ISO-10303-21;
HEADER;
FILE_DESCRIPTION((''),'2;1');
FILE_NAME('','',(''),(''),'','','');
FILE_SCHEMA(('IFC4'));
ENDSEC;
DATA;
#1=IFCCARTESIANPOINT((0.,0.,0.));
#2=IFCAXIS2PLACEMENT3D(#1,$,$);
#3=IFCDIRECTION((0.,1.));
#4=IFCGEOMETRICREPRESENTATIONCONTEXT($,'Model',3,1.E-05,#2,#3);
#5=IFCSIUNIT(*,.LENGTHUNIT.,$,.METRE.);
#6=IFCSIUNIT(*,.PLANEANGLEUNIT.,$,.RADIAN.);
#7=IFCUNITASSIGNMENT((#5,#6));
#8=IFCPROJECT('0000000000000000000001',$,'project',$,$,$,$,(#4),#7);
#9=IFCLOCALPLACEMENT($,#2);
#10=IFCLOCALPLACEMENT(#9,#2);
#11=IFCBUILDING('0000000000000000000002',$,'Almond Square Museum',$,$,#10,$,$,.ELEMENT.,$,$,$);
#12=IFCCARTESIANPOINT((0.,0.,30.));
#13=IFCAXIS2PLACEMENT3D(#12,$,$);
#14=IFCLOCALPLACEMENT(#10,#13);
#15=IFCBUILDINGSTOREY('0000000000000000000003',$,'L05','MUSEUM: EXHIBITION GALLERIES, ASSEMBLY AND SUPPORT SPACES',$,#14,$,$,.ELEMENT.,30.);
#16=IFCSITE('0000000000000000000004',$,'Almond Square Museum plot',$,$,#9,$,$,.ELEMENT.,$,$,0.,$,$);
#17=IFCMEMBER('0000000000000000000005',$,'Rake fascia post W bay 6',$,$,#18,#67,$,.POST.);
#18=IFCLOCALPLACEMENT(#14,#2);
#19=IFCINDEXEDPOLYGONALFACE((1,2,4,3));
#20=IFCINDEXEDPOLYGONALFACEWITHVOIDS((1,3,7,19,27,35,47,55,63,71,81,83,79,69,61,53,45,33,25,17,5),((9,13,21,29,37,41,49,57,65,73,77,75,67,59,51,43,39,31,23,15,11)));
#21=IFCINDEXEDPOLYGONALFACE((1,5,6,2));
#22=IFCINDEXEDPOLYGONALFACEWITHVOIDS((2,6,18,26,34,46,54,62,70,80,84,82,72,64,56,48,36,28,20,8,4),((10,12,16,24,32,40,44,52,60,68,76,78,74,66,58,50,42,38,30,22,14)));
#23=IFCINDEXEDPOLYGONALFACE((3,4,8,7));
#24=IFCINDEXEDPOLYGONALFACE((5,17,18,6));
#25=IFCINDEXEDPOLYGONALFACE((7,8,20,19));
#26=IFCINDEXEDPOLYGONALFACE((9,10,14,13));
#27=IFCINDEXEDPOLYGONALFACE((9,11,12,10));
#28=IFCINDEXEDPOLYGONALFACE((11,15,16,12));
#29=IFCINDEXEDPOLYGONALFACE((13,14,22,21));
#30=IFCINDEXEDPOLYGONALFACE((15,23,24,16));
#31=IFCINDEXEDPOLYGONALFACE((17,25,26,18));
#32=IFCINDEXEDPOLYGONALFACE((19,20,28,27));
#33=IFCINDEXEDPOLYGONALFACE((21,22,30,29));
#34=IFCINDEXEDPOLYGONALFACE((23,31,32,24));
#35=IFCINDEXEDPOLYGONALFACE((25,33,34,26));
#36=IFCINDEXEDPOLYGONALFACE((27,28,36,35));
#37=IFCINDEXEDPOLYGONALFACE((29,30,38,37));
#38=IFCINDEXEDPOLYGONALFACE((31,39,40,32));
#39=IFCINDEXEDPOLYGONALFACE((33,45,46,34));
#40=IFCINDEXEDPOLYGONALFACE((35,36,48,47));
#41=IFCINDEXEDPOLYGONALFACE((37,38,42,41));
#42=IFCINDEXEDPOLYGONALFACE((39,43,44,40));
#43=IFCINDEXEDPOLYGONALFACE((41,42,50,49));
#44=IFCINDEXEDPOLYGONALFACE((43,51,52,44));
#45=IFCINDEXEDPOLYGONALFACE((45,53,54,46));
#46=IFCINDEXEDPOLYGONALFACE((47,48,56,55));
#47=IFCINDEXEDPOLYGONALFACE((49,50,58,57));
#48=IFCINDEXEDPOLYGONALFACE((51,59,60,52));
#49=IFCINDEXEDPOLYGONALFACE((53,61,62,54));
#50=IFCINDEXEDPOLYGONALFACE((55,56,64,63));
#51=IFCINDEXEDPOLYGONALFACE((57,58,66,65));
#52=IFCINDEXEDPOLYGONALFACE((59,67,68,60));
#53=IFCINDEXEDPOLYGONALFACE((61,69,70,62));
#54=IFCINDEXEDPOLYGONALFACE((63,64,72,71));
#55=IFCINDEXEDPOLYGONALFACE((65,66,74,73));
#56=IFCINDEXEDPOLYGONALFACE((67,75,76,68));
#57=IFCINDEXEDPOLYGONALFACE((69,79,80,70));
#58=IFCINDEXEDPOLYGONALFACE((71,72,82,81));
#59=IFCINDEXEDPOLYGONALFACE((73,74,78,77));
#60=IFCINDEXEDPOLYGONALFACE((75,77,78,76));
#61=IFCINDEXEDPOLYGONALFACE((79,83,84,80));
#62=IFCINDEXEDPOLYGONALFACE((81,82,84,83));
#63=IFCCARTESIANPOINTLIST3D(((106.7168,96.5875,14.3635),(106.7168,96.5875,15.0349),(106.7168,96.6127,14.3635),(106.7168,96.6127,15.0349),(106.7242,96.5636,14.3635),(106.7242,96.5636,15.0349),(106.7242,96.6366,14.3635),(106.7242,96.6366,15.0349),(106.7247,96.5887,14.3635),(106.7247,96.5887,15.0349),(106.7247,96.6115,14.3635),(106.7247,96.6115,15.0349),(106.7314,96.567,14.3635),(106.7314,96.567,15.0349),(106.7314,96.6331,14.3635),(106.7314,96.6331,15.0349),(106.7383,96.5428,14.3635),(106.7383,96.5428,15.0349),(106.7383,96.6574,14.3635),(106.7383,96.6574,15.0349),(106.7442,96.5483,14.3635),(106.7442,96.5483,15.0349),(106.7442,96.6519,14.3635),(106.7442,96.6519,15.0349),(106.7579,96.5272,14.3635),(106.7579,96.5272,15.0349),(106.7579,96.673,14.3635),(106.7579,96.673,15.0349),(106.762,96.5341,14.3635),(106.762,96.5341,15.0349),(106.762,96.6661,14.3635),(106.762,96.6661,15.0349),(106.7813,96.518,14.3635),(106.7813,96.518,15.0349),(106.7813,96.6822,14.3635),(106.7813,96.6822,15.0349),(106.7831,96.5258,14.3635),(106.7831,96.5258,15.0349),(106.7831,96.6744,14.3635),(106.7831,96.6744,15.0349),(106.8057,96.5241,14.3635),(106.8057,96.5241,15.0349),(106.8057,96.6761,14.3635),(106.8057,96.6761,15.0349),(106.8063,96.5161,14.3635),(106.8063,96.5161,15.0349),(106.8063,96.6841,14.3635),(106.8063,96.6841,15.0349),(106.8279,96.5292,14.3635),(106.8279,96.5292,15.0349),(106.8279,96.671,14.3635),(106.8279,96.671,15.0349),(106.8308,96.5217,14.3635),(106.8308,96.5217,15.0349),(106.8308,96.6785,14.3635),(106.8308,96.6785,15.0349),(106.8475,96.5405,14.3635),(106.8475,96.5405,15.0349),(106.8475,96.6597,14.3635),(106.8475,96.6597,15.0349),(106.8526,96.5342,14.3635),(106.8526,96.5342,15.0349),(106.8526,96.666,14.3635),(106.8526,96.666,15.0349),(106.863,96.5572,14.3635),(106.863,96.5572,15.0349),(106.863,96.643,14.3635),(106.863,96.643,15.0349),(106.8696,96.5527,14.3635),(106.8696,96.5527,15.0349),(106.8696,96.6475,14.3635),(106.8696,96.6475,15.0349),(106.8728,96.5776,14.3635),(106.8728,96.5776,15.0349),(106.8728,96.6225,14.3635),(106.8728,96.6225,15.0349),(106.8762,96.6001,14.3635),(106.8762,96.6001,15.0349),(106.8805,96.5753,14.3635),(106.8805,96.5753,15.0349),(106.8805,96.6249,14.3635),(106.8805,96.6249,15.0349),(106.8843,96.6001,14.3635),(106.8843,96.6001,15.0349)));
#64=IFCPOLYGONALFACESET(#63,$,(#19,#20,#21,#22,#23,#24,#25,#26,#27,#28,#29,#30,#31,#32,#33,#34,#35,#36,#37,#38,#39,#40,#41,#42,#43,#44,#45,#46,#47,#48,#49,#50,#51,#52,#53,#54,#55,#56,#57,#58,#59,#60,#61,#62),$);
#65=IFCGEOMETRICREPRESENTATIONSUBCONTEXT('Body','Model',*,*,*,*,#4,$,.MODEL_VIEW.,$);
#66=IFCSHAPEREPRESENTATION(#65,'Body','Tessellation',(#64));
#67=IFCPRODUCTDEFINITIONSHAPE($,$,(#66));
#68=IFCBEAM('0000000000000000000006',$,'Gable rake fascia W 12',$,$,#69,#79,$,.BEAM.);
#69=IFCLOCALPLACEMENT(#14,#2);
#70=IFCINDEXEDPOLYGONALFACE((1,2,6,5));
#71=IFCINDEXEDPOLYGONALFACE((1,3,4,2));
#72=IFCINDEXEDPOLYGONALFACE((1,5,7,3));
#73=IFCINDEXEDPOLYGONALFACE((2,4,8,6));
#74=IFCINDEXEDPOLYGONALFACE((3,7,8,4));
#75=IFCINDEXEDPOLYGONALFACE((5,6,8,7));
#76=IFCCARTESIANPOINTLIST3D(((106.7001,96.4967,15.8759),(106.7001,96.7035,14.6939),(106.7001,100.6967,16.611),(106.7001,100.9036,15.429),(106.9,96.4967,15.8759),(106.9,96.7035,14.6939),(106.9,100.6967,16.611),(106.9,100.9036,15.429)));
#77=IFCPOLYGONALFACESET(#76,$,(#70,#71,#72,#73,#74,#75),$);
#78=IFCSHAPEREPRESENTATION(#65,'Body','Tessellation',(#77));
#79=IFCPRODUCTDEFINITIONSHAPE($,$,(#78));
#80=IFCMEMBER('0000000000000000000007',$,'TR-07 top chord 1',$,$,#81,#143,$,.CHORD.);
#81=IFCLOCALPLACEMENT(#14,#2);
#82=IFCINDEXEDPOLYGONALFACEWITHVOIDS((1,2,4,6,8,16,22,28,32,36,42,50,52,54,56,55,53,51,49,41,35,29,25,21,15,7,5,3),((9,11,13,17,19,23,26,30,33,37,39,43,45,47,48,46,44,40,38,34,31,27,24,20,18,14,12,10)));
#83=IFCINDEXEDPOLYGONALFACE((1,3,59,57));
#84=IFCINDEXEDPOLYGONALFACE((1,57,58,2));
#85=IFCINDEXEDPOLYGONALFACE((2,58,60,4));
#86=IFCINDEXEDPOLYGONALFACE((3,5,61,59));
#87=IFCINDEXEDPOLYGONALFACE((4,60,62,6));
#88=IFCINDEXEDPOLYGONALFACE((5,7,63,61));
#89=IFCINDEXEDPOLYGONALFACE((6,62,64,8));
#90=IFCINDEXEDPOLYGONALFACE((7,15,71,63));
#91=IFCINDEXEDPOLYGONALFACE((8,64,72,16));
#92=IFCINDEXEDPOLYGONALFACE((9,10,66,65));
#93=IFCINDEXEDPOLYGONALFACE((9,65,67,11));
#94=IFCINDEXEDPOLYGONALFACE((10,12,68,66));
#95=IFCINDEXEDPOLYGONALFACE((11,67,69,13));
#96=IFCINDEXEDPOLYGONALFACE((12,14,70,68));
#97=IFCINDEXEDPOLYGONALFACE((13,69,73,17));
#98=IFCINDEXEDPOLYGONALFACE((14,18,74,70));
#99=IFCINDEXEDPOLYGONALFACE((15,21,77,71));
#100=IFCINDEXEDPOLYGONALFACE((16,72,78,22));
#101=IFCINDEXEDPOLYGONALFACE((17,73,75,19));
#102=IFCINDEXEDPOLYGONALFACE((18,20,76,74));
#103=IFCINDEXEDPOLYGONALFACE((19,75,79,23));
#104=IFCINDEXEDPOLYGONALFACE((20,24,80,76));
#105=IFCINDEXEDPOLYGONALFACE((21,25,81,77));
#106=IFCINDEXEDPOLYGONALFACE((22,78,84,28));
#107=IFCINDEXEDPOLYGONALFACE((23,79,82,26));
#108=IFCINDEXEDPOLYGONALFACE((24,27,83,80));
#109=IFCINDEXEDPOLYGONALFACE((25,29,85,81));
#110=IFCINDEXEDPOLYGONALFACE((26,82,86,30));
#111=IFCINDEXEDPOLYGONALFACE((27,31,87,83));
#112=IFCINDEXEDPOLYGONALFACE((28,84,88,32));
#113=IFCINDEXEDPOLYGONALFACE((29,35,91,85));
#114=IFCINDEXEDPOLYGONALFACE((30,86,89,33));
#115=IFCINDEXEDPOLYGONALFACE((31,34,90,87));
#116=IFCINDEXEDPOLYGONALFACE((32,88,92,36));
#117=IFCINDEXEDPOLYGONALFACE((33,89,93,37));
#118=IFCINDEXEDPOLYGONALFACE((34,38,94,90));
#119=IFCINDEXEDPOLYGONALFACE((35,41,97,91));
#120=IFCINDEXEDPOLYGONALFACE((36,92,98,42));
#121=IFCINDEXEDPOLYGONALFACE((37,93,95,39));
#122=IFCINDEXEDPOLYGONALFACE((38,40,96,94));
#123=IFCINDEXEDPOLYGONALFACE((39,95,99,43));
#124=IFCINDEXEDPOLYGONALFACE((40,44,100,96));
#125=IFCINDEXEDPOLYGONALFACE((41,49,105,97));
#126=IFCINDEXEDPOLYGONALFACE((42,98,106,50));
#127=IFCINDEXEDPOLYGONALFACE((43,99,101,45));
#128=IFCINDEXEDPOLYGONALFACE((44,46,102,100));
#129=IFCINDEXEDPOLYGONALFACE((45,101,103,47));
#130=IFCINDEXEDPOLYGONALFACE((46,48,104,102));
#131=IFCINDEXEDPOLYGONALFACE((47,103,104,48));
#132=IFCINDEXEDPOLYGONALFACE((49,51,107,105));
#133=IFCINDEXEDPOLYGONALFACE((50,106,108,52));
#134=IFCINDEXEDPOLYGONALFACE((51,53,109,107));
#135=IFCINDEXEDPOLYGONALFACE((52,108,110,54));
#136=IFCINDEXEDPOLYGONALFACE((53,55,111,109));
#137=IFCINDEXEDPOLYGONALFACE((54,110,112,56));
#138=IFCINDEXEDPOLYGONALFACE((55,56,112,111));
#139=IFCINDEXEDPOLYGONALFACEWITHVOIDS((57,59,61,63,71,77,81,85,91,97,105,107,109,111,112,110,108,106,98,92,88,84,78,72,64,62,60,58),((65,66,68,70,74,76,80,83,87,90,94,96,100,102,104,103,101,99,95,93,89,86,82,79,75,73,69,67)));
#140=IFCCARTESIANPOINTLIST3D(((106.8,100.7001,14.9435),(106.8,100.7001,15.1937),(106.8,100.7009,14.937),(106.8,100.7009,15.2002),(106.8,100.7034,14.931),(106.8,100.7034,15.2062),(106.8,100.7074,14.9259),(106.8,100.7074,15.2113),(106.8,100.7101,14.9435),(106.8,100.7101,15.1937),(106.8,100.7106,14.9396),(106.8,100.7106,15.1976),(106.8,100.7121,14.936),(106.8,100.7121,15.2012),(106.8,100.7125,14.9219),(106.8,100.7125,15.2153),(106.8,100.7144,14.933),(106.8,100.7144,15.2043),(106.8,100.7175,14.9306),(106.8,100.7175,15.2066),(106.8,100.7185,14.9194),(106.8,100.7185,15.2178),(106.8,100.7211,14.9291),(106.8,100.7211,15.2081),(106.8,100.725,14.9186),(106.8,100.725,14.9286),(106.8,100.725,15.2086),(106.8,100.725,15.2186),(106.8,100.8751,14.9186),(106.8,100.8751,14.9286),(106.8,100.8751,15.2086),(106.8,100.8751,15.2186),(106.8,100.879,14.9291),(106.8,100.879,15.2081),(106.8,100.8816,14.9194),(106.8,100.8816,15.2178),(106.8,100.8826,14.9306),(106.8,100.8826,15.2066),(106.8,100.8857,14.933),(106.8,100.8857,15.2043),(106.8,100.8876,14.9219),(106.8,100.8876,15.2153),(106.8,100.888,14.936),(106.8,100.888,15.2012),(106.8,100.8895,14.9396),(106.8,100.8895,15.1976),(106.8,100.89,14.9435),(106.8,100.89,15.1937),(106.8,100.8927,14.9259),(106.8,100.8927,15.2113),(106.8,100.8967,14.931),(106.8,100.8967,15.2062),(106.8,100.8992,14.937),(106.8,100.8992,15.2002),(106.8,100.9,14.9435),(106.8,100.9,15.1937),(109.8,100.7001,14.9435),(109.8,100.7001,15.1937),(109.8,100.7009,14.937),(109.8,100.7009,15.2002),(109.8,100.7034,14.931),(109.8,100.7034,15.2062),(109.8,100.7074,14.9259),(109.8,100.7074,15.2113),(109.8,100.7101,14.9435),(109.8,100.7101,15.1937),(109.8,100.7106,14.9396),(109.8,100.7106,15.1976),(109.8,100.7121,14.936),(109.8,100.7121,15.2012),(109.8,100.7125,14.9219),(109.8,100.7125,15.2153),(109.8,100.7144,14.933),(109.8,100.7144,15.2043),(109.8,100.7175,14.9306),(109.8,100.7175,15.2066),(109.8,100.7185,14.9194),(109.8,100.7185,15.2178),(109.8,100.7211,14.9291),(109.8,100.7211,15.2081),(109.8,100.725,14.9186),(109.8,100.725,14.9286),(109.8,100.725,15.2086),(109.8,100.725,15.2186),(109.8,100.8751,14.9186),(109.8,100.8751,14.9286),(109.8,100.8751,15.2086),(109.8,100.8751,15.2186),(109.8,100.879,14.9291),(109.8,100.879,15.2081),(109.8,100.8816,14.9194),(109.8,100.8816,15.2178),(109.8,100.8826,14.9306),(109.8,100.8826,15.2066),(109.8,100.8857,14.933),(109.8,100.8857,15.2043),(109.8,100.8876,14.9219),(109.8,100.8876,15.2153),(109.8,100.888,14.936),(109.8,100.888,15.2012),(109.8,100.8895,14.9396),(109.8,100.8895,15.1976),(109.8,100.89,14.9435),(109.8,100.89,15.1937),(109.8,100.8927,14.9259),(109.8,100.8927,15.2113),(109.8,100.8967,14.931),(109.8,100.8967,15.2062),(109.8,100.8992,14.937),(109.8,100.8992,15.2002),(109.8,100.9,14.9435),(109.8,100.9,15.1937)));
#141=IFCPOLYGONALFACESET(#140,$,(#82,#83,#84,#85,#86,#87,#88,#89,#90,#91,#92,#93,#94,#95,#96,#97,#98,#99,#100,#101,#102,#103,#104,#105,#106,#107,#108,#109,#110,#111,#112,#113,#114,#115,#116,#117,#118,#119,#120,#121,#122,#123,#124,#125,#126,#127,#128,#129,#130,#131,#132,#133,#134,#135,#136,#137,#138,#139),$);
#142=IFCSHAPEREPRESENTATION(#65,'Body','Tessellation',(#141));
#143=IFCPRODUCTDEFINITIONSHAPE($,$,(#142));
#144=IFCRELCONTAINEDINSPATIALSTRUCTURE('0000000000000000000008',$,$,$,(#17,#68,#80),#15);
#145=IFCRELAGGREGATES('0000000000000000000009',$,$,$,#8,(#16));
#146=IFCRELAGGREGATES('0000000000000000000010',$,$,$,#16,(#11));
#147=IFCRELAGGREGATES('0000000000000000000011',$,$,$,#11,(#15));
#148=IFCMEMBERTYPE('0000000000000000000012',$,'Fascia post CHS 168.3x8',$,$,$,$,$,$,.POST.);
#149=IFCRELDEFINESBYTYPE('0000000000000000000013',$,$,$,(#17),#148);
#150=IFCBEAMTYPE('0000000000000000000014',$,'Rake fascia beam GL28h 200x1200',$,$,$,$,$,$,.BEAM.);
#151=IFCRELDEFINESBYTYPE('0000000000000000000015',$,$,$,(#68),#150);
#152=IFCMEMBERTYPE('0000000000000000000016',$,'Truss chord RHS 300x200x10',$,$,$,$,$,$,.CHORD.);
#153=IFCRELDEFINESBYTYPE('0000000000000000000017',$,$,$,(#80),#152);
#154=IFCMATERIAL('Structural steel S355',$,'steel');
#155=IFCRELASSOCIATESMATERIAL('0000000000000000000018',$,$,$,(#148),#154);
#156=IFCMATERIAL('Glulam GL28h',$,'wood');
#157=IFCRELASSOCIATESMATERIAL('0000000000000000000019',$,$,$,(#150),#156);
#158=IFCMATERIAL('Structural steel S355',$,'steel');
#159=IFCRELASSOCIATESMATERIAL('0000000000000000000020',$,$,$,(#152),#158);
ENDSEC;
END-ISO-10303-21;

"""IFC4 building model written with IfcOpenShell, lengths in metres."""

from ifc_helpers import new_model, si_unit, direction, frame, origin, origin_2d, place, context, subcontext, project, spatial, rectangle, hollow_rectangle, hollow_circle, extrude, material, material_profile, profile_set, type_object, element, save


model = new_model("IFC4")

# Units and contexts
model_context = context("Model", 3, precision=1e-05, world=origin(), true_north=direction((0.0, 1.0)))
body_context = subcontext(model_context, "Body", "Model", "MODEL_VIEW")
ifc_project = project(units=[si_unit("LENGTHUNIT", "METRE"), si_unit("PLANEANGLEUNIT", "RADIAN")], contexts=[model_context])

# Site, building, storey
site_placement = place(None, origin())
site = spatial("IfcSite", under=ifc_project, at=site_placement, Name="Almond Square Museum plot", CompositionType="ELEMENT", RefElevation=0.0)
building_placement = place(site_placement, origin())
building = spatial("IfcBuilding", under=site, at=building_placement, Name="Almond Square Museum", CompositionType="ELEMENT")
storey_placement = place(building_placement, frame((0.0, 0.0, 30.0)))
storey = spatial("IfcBuildingStorey", under=building, at=storey_placement, Name="L05", Description="MUSEUM: EXHIBITION GALLERIES, ASSEMBLY AND SUPPORT SPACES", CompositionType="ELEMENT", Elevation=30.0)

# Member
ifc_material_1 = material(Name="Structural steel S355", Category="steel")
ifc_material_profile_1 = material_profile(ifc_material_1, hollow_circle(Radius=0.0842, WallThickness=0.0081, at=origin_2d()))
ifc_profile_set_1 = profile_set([ifc_material_profile_1], Name="Structural steel S355")
member_type_1 = type_object("IfcMemberType", Name="Fascia post CHS 168.3x8", PredefinedType="POST", material=ifc_profile_set_1)
member_1_placement = place(storey_placement, frame((106.8, 96.6001, 14.3635), z_axis=(0.0, 0.0, 1.0), x_axis=(1.0, 0.0, 0.0)))
element("IfcMember", 1, at=member_1_placement, inside=storey, type_object=member_type_1, Name="Rake fascia post W bay 6", PredefinedType="POST", context=body_context, shape_type="SweptSolid", body=[
    extrude(hollow_circle(Radius=0.0842, WallThickness=0.0081, at=origin_2d()), origin(), (0.0, 0.0, 1.0), 0.6714),
])

# Beam
ifc_material_2 = material(Name="Glulam GL28h", Category="wood")
ifc_material_profile_2 = material_profile(ifc_material_2, rectangle(XDim=0.2, YDim=1.2, at=origin_2d()))
ifc_profile_set_2 = profile_set([ifc_material_profile_2], Name="Glulam GL28h")
beam_type = type_object("IfcBeamType", Name="Rake fascia beam GL28h 200x1200", PredefinedType="BEAM", material=ifc_profile_set_2)
beam_placement = place(storey_placement, frame((106.8, 96.6001, 15.2849), z_axis=(0.0, 0.985026, 0.172407), x_axis=(-1.0, 0.0, 0.0)))
element("IfcBeam", 2, at=beam_placement, inside=storey, type_object=beam_type, Name="Gable rake fascia W 12", PredefinedType="BEAM", context=body_context, shape_type="SweptSolid", body=[
    extrude(rectangle(XDim=0.2, YDim=1.2, at=origin_2d()), origin(), (0.0, 0.0, 1.0), 4.2639),
])

# Member
ifc_material_3 = material(Name="Structural steel S355", Category="steel")
ifc_material_profile_3 = material_profile(ifc_material_3, hollow_rectangle(XDim=0.2, YDim=0.3, WallThickness=0.01, InnerFilletRadius=0.0149, OuterFilletRadius=0.0249, at=origin_2d()))
ifc_profile_set_3 = profile_set([ifc_material_profile_3], Name="Structural steel S355")
member_type_2 = type_object("IfcMemberType", Name="Truss chord RHS 300x200x10", PredefinedType="CHORD", material=ifc_profile_set_3)
member_2_placement = place(storey_placement, frame((106.8, 100.8, 15.0686), z_axis=(1.0, 0.0, 0.0), x_axis=(0.0, 1.0, 0.0)))
element("IfcMember", 3, at=member_2_placement, inside=storey, type_object=member_type_2, Name="TR-07 top chord 1", PredefinedType="CHORD", context=body_context, shape_type="SweptSolid", body=[
    extrude(hollow_rectangle(XDim=0.2, YDim=0.3, WallThickness=0.01, InnerFilletRadius=0.0149, OuterFilletRadius=0.0249, at=origin_2d()), origin(), (0.0, 0.0, 1.0), 3.0),
])

save(model, "model.ifc")
